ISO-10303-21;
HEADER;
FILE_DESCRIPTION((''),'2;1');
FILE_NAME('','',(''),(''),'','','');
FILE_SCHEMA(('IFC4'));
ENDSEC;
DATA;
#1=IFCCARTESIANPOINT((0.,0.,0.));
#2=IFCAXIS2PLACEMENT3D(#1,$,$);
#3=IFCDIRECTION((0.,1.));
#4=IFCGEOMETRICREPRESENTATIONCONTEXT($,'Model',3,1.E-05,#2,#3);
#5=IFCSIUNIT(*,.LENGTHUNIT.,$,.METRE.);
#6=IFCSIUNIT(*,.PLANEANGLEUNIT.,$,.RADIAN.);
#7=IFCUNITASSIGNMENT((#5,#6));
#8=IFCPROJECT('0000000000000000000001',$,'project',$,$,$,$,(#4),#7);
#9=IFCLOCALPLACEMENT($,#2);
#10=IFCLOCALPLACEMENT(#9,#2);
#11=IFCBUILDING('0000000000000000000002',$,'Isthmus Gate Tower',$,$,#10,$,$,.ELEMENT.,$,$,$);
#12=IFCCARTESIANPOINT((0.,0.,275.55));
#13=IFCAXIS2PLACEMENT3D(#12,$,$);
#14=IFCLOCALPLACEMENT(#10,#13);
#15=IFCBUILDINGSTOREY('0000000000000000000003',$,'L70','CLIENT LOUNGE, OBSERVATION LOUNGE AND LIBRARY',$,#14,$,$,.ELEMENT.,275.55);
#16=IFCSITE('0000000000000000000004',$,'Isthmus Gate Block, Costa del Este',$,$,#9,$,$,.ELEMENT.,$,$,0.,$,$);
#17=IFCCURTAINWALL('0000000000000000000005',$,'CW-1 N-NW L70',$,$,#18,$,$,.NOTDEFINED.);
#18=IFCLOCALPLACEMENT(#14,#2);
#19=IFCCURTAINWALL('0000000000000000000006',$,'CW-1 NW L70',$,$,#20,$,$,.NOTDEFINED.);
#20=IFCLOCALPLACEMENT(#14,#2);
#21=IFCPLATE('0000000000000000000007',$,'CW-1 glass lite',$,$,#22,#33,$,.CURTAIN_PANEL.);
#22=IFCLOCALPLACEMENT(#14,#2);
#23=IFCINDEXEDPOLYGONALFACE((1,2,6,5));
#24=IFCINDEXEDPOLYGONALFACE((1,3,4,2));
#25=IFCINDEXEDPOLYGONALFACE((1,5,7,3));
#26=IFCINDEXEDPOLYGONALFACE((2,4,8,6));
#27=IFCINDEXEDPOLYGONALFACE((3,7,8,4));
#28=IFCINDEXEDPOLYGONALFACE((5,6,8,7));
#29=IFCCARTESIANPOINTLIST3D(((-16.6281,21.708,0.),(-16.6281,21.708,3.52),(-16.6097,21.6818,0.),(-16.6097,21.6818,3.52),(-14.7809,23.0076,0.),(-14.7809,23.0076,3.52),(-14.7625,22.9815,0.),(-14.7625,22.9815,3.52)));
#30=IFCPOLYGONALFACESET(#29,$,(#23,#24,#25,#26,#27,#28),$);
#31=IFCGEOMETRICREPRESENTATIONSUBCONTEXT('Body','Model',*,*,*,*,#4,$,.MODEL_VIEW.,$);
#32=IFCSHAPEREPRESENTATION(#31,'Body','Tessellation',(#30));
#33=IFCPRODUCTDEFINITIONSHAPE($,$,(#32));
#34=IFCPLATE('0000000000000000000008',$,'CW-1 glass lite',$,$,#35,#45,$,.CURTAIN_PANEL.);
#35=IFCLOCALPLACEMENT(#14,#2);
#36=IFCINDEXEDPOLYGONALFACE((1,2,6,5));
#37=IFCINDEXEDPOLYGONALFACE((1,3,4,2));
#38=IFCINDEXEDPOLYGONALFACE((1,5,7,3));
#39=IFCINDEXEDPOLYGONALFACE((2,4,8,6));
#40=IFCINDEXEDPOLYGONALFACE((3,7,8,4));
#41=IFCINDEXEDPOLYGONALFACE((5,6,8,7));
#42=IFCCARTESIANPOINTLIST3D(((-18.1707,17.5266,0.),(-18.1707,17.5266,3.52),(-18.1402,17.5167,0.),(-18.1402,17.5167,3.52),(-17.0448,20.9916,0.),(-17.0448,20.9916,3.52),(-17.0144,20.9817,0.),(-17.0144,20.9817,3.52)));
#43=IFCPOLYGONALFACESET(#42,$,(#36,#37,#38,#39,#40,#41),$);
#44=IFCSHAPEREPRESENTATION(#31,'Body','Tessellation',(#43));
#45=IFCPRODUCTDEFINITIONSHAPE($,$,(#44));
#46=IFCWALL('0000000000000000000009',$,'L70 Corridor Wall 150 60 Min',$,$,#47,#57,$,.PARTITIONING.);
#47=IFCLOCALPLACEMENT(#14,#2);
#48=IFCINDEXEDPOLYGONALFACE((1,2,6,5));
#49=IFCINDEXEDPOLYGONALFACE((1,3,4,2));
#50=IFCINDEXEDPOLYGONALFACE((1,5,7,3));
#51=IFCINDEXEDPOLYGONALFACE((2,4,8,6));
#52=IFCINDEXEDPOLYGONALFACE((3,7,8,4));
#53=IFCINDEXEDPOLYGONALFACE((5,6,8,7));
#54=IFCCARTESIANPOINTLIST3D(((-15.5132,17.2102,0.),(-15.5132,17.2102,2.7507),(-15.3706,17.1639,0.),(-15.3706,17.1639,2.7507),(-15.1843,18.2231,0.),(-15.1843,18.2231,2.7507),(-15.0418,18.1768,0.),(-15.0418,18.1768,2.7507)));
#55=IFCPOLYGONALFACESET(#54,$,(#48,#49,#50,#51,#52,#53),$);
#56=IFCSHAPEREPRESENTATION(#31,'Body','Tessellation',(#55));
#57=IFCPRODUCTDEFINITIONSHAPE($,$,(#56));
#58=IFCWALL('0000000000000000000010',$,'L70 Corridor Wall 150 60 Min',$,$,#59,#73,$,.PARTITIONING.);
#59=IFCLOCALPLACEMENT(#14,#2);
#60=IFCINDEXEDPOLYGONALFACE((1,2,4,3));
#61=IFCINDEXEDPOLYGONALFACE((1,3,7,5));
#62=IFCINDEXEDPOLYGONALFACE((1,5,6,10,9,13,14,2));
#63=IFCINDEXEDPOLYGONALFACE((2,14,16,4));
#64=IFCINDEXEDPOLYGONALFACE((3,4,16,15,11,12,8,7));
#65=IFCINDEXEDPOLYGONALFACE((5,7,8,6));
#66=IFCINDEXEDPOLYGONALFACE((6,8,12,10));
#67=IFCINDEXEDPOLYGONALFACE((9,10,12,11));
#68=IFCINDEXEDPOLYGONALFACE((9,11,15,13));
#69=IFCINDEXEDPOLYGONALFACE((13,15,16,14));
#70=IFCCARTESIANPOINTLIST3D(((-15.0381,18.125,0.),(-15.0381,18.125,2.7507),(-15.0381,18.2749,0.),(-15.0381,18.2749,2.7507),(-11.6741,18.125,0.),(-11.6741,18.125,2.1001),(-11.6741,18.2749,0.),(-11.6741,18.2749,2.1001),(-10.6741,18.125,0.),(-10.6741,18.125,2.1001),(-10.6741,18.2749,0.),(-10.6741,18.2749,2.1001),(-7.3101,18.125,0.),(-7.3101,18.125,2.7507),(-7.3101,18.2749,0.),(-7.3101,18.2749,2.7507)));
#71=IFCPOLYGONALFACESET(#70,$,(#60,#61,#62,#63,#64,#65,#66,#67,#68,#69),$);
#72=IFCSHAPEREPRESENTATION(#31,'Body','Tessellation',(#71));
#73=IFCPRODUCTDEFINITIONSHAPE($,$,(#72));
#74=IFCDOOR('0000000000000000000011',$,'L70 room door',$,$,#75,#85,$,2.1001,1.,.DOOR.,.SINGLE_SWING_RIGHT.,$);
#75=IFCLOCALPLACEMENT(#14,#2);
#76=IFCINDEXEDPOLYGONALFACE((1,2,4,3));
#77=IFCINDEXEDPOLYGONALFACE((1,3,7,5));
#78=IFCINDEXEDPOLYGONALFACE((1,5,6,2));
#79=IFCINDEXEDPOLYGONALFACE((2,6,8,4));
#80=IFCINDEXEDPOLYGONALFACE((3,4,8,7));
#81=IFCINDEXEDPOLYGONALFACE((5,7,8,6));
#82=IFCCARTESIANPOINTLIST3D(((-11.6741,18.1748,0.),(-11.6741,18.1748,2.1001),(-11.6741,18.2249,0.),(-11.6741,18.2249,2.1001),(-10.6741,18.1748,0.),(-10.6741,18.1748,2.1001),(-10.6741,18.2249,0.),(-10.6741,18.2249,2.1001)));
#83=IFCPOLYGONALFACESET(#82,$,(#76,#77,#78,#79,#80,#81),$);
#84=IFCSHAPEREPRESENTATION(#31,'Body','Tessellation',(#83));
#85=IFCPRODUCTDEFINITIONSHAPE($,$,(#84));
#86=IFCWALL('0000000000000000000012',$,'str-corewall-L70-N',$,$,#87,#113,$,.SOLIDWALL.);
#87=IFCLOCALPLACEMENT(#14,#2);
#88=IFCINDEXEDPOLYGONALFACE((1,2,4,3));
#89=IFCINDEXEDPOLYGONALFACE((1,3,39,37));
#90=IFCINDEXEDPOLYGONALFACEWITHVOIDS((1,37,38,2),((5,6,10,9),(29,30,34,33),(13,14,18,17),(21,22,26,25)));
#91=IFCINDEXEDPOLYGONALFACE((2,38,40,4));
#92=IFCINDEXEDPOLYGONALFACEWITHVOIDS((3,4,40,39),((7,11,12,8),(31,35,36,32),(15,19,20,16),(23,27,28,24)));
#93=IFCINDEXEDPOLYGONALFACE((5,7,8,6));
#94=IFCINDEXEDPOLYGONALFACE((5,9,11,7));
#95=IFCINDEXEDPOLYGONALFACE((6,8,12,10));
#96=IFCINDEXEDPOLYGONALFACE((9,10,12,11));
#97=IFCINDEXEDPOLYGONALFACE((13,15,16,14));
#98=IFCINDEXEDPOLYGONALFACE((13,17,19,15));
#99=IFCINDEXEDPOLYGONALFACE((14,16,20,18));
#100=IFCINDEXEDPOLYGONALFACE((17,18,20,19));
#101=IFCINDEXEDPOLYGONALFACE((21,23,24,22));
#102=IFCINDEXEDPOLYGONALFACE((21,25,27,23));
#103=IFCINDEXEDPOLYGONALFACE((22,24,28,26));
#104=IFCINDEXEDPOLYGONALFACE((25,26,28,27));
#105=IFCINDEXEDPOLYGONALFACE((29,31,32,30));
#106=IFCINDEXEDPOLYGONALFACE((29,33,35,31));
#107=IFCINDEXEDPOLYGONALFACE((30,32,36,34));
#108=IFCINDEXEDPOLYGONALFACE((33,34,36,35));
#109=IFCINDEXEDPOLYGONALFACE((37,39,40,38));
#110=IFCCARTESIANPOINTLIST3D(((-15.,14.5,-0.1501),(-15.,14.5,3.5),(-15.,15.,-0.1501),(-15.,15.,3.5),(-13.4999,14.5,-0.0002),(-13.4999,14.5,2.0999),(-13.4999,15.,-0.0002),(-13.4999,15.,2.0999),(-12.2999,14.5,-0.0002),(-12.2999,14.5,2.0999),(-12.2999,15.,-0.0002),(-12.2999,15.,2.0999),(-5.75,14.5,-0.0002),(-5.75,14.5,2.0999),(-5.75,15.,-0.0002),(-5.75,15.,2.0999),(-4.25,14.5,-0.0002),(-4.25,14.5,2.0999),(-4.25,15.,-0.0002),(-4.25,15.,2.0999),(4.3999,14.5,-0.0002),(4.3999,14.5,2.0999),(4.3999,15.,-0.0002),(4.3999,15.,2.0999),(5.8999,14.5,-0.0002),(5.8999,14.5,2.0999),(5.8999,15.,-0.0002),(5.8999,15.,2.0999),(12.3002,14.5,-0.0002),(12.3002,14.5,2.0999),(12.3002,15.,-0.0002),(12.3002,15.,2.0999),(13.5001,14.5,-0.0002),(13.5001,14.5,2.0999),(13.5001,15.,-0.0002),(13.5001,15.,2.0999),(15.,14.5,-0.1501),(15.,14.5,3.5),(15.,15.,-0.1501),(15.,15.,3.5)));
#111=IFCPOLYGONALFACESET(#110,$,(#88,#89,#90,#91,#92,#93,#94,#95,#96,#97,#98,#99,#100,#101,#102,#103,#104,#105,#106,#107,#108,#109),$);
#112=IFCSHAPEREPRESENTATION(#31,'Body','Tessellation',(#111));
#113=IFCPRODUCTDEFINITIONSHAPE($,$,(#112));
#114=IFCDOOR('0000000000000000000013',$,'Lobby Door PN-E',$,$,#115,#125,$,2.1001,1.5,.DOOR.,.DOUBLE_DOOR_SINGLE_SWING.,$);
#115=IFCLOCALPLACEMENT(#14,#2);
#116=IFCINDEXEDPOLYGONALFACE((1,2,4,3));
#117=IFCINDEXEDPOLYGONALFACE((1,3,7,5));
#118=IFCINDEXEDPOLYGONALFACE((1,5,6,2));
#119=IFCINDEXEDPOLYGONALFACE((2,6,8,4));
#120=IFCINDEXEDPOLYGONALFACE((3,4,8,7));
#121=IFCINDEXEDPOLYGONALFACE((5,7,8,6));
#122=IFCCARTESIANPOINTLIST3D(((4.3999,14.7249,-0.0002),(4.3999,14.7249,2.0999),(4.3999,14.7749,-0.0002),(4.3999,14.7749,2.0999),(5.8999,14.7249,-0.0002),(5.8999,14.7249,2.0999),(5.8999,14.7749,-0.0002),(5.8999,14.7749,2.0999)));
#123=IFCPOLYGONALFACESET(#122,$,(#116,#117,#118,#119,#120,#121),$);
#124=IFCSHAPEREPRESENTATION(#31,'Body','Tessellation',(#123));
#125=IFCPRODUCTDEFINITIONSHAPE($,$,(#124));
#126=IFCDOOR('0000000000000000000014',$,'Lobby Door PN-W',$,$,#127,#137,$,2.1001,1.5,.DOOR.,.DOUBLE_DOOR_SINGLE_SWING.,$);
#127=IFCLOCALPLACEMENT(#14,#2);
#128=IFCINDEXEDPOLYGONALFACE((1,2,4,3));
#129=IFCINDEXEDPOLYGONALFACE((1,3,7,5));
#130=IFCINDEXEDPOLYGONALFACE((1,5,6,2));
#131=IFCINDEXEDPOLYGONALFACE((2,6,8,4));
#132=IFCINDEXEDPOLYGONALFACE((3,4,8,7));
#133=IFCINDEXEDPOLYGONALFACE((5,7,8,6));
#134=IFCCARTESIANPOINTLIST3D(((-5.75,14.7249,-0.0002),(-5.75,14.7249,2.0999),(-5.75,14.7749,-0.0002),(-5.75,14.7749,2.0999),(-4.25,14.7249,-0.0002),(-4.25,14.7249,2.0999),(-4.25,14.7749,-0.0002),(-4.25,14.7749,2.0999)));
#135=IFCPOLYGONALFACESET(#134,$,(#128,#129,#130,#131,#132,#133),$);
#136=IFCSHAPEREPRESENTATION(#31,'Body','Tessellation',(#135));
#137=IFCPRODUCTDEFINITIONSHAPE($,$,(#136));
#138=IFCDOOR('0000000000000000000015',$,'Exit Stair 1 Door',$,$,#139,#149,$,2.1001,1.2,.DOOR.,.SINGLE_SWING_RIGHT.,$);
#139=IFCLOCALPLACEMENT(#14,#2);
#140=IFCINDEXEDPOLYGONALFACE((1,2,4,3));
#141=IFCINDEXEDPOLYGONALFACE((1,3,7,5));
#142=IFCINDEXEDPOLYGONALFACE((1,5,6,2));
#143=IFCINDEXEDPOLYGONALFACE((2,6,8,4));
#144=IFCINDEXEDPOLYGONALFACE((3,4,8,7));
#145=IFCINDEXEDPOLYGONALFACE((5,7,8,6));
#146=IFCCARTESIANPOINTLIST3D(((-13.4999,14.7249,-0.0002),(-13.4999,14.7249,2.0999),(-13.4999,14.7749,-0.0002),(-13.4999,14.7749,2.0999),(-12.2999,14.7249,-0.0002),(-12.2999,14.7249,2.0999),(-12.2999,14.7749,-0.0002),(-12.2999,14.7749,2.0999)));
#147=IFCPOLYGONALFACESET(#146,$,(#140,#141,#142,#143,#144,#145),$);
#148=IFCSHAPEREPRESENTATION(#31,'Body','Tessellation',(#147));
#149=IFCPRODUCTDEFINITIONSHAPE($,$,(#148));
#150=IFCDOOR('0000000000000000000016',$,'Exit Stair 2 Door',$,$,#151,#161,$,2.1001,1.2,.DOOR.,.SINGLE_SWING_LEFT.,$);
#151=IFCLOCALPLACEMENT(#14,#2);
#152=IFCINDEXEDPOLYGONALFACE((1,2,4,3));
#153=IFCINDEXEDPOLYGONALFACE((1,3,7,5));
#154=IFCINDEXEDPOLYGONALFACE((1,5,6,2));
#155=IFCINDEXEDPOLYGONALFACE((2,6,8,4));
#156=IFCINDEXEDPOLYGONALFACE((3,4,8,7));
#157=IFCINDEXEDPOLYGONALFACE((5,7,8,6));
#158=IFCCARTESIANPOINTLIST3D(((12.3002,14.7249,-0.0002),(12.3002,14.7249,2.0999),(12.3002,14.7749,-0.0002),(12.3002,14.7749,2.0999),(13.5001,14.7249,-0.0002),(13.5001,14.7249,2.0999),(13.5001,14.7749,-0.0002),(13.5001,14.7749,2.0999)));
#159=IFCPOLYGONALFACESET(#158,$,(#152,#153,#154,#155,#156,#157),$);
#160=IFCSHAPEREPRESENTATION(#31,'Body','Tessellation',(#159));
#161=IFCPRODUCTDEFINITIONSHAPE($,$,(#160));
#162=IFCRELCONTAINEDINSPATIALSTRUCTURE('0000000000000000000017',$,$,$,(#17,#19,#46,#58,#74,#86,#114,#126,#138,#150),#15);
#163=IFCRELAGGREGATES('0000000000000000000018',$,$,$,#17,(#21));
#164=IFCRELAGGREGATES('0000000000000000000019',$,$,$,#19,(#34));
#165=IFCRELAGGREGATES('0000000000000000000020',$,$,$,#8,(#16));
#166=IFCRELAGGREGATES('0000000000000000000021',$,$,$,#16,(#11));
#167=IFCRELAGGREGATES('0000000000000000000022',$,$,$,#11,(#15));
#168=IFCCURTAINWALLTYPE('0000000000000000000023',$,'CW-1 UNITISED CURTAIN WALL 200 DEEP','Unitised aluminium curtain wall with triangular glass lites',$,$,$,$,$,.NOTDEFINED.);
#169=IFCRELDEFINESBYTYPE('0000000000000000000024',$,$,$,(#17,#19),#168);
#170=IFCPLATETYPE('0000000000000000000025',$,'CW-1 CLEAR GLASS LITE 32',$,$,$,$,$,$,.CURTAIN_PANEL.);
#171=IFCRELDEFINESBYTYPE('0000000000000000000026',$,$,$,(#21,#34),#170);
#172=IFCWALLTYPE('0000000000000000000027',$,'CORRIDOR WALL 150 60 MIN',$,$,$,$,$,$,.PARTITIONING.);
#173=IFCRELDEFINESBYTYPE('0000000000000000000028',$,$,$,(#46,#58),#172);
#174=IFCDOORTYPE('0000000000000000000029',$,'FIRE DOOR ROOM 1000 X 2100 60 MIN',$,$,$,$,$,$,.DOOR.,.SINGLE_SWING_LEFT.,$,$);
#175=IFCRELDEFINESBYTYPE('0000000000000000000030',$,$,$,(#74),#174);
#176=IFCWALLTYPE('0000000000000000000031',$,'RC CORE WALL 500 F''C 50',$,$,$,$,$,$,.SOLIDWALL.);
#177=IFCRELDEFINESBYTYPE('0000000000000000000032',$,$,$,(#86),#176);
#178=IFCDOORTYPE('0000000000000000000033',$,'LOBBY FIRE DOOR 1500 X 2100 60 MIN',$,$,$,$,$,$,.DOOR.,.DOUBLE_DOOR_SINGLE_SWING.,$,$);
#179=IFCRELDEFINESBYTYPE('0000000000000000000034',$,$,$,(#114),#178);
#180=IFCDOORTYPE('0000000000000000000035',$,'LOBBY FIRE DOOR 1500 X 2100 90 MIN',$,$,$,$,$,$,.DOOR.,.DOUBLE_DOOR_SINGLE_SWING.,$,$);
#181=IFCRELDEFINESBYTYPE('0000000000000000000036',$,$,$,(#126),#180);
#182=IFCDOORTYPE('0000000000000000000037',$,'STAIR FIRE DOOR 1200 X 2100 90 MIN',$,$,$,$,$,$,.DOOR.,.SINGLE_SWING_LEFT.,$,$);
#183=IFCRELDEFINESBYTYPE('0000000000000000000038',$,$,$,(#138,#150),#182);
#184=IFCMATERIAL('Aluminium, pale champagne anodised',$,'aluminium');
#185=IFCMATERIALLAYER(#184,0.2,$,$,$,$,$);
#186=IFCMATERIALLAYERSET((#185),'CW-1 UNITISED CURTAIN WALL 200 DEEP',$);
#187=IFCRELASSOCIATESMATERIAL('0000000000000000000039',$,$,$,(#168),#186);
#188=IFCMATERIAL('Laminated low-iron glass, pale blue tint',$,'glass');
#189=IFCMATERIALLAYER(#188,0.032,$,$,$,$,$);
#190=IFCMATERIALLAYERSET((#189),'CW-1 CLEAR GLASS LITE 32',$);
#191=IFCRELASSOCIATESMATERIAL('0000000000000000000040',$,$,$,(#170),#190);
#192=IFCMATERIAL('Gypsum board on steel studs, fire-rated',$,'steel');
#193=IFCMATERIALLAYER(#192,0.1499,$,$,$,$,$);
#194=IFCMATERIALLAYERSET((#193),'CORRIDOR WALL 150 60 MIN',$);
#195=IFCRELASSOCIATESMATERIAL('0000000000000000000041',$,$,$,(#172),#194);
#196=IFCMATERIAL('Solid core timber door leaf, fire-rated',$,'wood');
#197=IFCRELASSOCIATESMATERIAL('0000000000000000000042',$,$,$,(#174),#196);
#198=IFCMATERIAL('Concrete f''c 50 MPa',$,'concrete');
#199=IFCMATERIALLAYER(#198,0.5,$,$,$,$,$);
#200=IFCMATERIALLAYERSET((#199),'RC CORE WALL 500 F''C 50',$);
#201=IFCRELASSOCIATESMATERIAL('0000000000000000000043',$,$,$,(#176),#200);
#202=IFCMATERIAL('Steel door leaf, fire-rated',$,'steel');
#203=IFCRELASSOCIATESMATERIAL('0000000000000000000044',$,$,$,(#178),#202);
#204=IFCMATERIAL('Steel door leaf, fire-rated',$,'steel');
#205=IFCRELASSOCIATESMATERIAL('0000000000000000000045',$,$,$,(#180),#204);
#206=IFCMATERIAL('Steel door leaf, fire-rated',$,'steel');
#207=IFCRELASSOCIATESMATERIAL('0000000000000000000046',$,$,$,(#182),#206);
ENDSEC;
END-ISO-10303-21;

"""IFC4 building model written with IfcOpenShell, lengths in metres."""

from ifc_helpers import new_model, si_unit, direction, frame, frame_2d, origin, origin_2d, place, context, subcontext, project, spatial, rectangle, extrude, material, layer, layer_set, type_object, element, fill, aggregate, save


model = new_model("IFC4")

# Units and contexts
model_context = context("Model", 3, precision=1e-05, world=origin(), true_north=direction((0.0, 1.0)))
body_context = subcontext(model_context, "Body", "Model", "MODEL_VIEW")
ifc_project = project(units=[si_unit("LENGTHUNIT", "METRE"), si_unit("PLANEANGLEUNIT", "RADIAN")], contexts=[model_context])

# Site, building, storey
site_placement = place(None, origin())
site = spatial("IfcSite", under=ifc_project, at=site_placement, Name="Isthmus Gate Block, Costa del Este", CompositionType="ELEMENT", RefElevation=0.0)
building_placement = place(site_placement, origin())
building = spatial("IfcBuilding", under=site, at=building_placement, Name="Isthmus Gate Tower", CompositionType="ELEMENT")
storey_placement = place(building_placement, frame((0.0, 0.0, 275.55)))
storey = spatial("IfcBuildingStorey", under=building, at=storey_placement, Name="L70", Description="CLIENT LOUNGE, OBSERVATION LOUNGE AND LIBRARY", CompositionType="ELEMENT", Elevation=275.55)

# Curtain wall
ifc_material_1 = material(Name="Aluminium, pale champagne anodised", Category="aluminium")
ifc_layer_1 = layer(ifc_material_1, 0.2)
ifc_layer_set_1 = layer_set([ifc_layer_1], Name="CW-1 UNITISED CURTAIN WALL 200 DEEP")
curtain_wall_type = type_object("IfcCurtainWallType", Name="CW-1 UNITISED CURTAIN WALL 200 DEEP", Description="Unitised aluminium curtain wall with triangular glass lites", PredefinedType="NOTDEFINED", material=ifc_layer_set_1)
curtain_wall_1_placement = place(storey_placement, origin())
curtain_wall_1 = element("IfcCurtainWall", 1, at=curtain_wall_1_placement, inside=storey, type_object=curtain_wall_type, Name="CW-1 N-NW L70", PredefinedType="NOTDEFINED")

# Curtain wall
curtain_wall_2_placement = place(storey_placement, origin())
curtain_wall_2 = element("IfcCurtainWall", 2, at=curtain_wall_2_placement, inside=storey, type_object=curtain_wall_type, Name="CW-1 NW L70", PredefinedType="NOTDEFINED")

# Plates
ifc_material_2 = material(Name="Laminated low-iron glass, pale blue tint", Category="glass")
ifc_layer_2 = layer(ifc_material_2, 0.032)
ifc_layer_set_2 = layer_set([ifc_layer_2], Name="CW-1 CLEAR GLASS LITE 32")
plate_type = type_object("IfcPlateType", Name="CW-1 CLEAR GLASS LITE 32", PredefinedType="CURTAIN_PANEL", material=ifc_layer_set_2)
plate_1_placement = place(storey_placement, frame((-15.6953, 22.3447, 0.0), z_axis=(0.0, 0.0, 1.0), x_axis=(-0.81786, -0.575418, 0.0)))
plate_1 = element("IfcPlate", 3, at=plate_1_placement, type_object=plate_type, Name="CW-1 glass lite", PredefinedType="CURTAIN_PANEL", context=body_context, shape_type="SweptSolid", body=[
    extrude(rectangle(XDim=2.2585, YDim=0.032, at=origin_2d()), origin(), (0.0, 0.0, 1.0), 3.52),
])
aggregate(curtain_wall_1, [plate_1])
plate_2_placement = place(storey_placement, frame((-17.5925, 19.2542, 0.0), z_axis=(0.0, 0.0, 1.0), x_axis=(-0.309017, -0.951057, 0.0)))
plate_2 = element("IfcPlate", 4, at=plate_2_placement, type_object=plate_type, Name="CW-1 glass lite", PredefinedType="CURTAIN_PANEL", context=body_context, shape_type="SweptSolid", body=[
    extrude(rectangle(XDim=3.6433, YDim=0.032, at=origin_2d()), origin(), (0.0, 0.0, 1.0), 3.52),
])

# Wall
ifc_material_3 = material(Name="Gypsum board on steel studs, fire-rated", Category="steel")
ifc_layer_3 = layer(ifc_material_3, 0.1499)
ifc_layer_set_3 = layer_set([ifc_layer_3], Name="CORRIDOR WALL 150 60 MIN")
wall_type_1 = type_object("IfcWallType", Name="CORRIDOR WALL 150 60 MIN", PredefinedType="PARTITIONING", material=ifc_layer_set_3)
wall_1_placement = place(storey_placement, frame((-15.4419, 17.187, 0.0), z_axis=(0.0, 0.0, 1.0), x_axis=(0.308791, 0.95113, 0.0)))
element("IfcWall", 5, at=wall_1_placement, inside=storey, type_object=wall_type_1, Name="L70 Corridor Wall 150 60 Min", PredefinedType="PARTITIONING", context=body_context, shape_type="SweptSolid", body=[
    extrude(rectangle(XDim=1.0649, YDim=0.1499, at=frame_2d((0.5325, 0.0))), origin(), (0.0, 0.0, 1.0), 2.7507),
])

# Wall, opening, door
wall_2_placement = place(storey_placement, frame((-15.0381, 18.2, 0.0), z_axis=(0.0, 0.0, 1.0), x_axis=(1.0, 0.0, 0.0)))
wall_2 = element("IfcWall", 6, at=wall_2_placement, inside=storey, type_object=wall_type_1, Name="L70 Corridor Wall 150 60 Min", PredefinedType="PARTITIONING", context=body_context, shape_type="SweptSolid", body=[
    extrude(rectangle(XDim=7.728, YDim=0.1499, at=frame_2d((3.864, 0.0))), origin(), (0.0, 0.0, 1.0), 2.7507),
])
opening_1_placement = place(wall_2_placement, frame((3.364, 0.0, 0.0)))
opening_1 = element("IfcOpeningElement", 7, at=opening_1_placement, cuts=wall_2, PredefinedType="OPENING", context=body_context, shape_type="SweptSolid", body=[
    extrude(rectangle(XDim=1.0, YDim=2.1001, at=frame_2d((0.5, 1.05))), frame((0.0, 0.085, 0.0), z_axis=(0.0, -1.0, 0.0), x_axis=(1.0, 0.0, 0.0)), (0.0, 0.0, 1.0), 0.1699),
])
ifc_material_4 = material(Name="Solid core timber door leaf, fire-rated", Category="wood")
door_type_1 = type_object("IfcDoorType", Name="FIRE DOOR ROOM 1000 X 2100 60 MIN", OperationType="SINGLE_SWING_LEFT", PredefinedType="DOOR", material=ifc_material_4)
door_1_placement = place(opening_1_placement, origin())
door_1 = element("IfcDoor", 8, at=door_1_placement, inside=storey, type_object=door_type_1, Name="L70 room door", OperationType="SINGLE_SWING_RIGHT", OverallHeight=2.1001, OverallWidth=1.0, PredefinedType="DOOR", context=body_context, shape_type="SweptSolid", body=[
    extrude(rectangle(XDim=1.0, YDim=2.1001, at=frame_2d((0.5, 1.05))), frame((0.0, 0.0249, 0.0), z_axis=(0.0, -1.0, 0.0), x_axis=(1.0, 0.0, 0.0)), (0.0, 0.0, 1.0), 0.05),
])
fill(opening_1, door_1)

# Wall, openings, doors
ifc_material_5 = material(Name="Concrete f'c 50 MPa", Category="concrete")
ifc_layer_4 = layer(ifc_material_5, 0.5)
ifc_layer_set_4 = layer_set([ifc_layer_4], Name="RC CORE WALL 500 F'C 50")
wall_type_2 = type_object("IfcWallType", Name="RC CORE WALL 500 F'C 50", PredefinedType="SOLIDWALL", material=ifc_layer_set_4)
wall_3_placement = place(storey_placement, frame((-15.0, 14.75, -0.1501), z_axis=(0.0, 0.0, 1.0), x_axis=(1.0, 0.0, 0.0)))
wall_3 = element("IfcWall", 9, at=wall_3_placement, inside=storey, type_object=wall_type_2, Name="str-corewall-L70-N", PredefinedType="SOLIDWALL", context=body_context, shape_type="SweptSolid", body=[
    extrude(rectangle(XDim=30.0, YDim=0.5, at=frame_2d((15.0, 0.0))), origin(), (0.0, 0.0, 1.0), 3.6501),
])
opening_2_placement = place(wall_3_placement, frame((9.25, 0.0, 0.1499)))
opening_2 = element("IfcOpeningElement", 10, at=opening_2_placement, cuts=wall_3, PredefinedType="OPENING", context=body_context, shape_type="SweptSolid", body=[
    extrude(rectangle(XDim=1.5, YDim=2.1001, at=frame_2d((0.75, 1.05))), frame((0.0, 0.26, 0.0), z_axis=(0.0, -1.0, 0.0), x_axis=(1.0, 0.0, 0.0)), (0.0, 0.0, 1.0), 0.52),
])
opening_3_placement = place(wall_3_placement, frame((19.3999, 0.0, 0.1499)))
opening_3 = element("IfcOpeningElement", 11, at=opening_3_placement, cuts=wall_3, PredefinedType="OPENING", context=body_context, shape_type="SweptSolid", body=[
    extrude(rectangle(XDim=1.5, YDim=2.1001, at=frame_2d((0.75, 1.05))), frame((0.0, 0.26, 0.0), z_axis=(0.0, -1.0, 0.0), x_axis=(1.0, 0.0, 0.0)), (0.0, 0.0, 1.0), 0.52),
])
opening_4_placement = place(wall_3_placement, frame((1.5, 0.0, 0.1499)))
opening_4 = element("IfcOpeningElement", 12, at=opening_4_placement, cuts=wall_3, PredefinedType="OPENING", context=body_context, shape_type="SweptSolid", body=[
    extrude(rectangle(XDim=1.2, YDim=2.1001, at=frame_2d((0.6001, 1.05))), frame((0.0, 0.26, 0.0), z_axis=(0.0, -1.0, 0.0), x_axis=(1.0, 0.0, 0.0)), (0.0, 0.0, 1.0), 0.52),
])
opening_5_placement = place(wall_3_placement, frame((27.3, 0.0, 0.1499)))
opening_5 = element("IfcOpeningElement", 13, at=opening_5_placement, cuts=wall_3, PredefinedType="OPENING", context=body_context, shape_type="SweptSolid", body=[
    extrude(rectangle(XDim=1.2, YDim=2.1001, at=frame_2d((0.6001, 1.05))), frame((0.0, 0.26, 0.0), z_axis=(0.0, -1.0, 0.0), x_axis=(1.0, 0.0, 0.0)), (0.0, 0.0, 1.0), 0.52),
])
ifc_material_6 = material(Name="Steel door leaf, fire-rated", Category="steel")
door_type_2 = type_object("IfcDoorType", Name="LOBBY FIRE DOOR 1500 X 2100 60 MIN", OperationType="DOUBLE_DOOR_SINGLE_SWING", PredefinedType="DOOR", material=ifc_material_6)
door_2_placement = place(opening_3_placement, origin())
door_2 = element("IfcDoor", 14, at=door_2_placement, inside=storey, type_object=door_type_2, Name="Lobby Door PN-E", OperationType="DOUBLE_DOOR_SINGLE_SWING", OverallHeight=2.1001, OverallWidth=1.5, PredefinedType="DOOR", context=body_context, shape_type="SweptSolid", body=[
    extrude(rectangle(XDim=1.5, YDim=2.1001, at=frame_2d((0.75, 1.05))), frame((0.0, 0.0249, 0.0), z_axis=(0.0, -1.0, 0.0), x_axis=(1.0, 0.0, 0.0)), (0.0, 0.0, 1.0), 0.05),
])
fill(opening_3, door_2)
ifc_material_7 = material(Name="Steel door leaf, fire-rated", Category="steel")
door_type_3 = type_object("IfcDoorType", Name="LOBBY FIRE DOOR 1500 X 2100 90 MIN", OperationType="DOUBLE_DOOR_SINGLE_SWING", PredefinedType="DOOR", material=ifc_material_7)
door_3_placement = place(opening_2_placement, origin())
door_3 = element("IfcDoor", 15, at=door_3_placement, inside=storey, type_object=door_type_3, Name="Lobby Door PN-W", OperationType="DOUBLE_DOOR_SINGLE_SWING", OverallHeight=2.1001, OverallWidth=1.5, PredefinedType="DOOR", context=body_context, shape_type="SweptSolid", body=[
    extrude(rectangle(XDim=1.5, YDim=2.1001, at=frame_2d((0.75, 1.05))), frame((0.0, 0.0249, 0.0), z_axis=(0.0, -1.0, 0.0), x_axis=(1.0, 0.0, 0.0)), (0.0, 0.0, 1.0), 0.05),
])
fill(opening_2, door_3)
ifc_material_8 = material(Name="Steel door leaf, fire-rated", Category="steel")
door_type_4 = type_object("IfcDoorType", Name="STAIR FIRE DOOR 1200 X 2100 90 MIN", OperationType="SINGLE_SWING_LEFT", PredefinedType="DOOR", material=ifc_material_8)
door_4_placement = place(opening_4_placement, origin())
door_4 = element("IfcDoor", 16, at=door_4_placement, inside=storey, type_object=door_type_4, Name="Exit Stair 1 Door", OperationType="SINGLE_SWING_RIGHT", OverallHeight=2.1001, OverallWidth=1.2, PredefinedType="DOOR", context=body_context, shape_type="SweptSolid", body=[
    extrude(rectangle(XDim=1.2, YDim=2.1001, at=frame_2d((0.6001, 1.05))), frame((0.0, 0.0249, 0.0), z_axis=(0.0, -1.0, 0.0), x_axis=(1.0, 0.0, 0.0)), (0.0, 0.0, 1.0), 0.05),
])
fill(opening_4, door_4)
door_5_placement = place(opening_5_placement, origin())
door_5 = element("IfcDoor", 17, at=door_5_placement, inside=storey, type_object=door_type_4, Name="Exit Stair 2 Door", OperationType="SINGLE_SWING_LEFT", OverallHeight=2.1001, OverallWidth=1.2, PredefinedType="DOOR", context=body_context, shape_type="SweptSolid", body=[
    extrude(rectangle(XDim=1.2, YDim=2.1001, at=frame_2d((0.6001, 1.05))), frame((0.0, 0.0249, 0.0), z_axis=(0.0, -1.0, 0.0), x_axis=(1.0, 0.0, 0.0)), (0.0, 0.0, 1.0), 0.05),
])
fill(opening_5, door_5)

aggregate(curtain_wall_2, [plate_2])

save(model, "model.ifc")
